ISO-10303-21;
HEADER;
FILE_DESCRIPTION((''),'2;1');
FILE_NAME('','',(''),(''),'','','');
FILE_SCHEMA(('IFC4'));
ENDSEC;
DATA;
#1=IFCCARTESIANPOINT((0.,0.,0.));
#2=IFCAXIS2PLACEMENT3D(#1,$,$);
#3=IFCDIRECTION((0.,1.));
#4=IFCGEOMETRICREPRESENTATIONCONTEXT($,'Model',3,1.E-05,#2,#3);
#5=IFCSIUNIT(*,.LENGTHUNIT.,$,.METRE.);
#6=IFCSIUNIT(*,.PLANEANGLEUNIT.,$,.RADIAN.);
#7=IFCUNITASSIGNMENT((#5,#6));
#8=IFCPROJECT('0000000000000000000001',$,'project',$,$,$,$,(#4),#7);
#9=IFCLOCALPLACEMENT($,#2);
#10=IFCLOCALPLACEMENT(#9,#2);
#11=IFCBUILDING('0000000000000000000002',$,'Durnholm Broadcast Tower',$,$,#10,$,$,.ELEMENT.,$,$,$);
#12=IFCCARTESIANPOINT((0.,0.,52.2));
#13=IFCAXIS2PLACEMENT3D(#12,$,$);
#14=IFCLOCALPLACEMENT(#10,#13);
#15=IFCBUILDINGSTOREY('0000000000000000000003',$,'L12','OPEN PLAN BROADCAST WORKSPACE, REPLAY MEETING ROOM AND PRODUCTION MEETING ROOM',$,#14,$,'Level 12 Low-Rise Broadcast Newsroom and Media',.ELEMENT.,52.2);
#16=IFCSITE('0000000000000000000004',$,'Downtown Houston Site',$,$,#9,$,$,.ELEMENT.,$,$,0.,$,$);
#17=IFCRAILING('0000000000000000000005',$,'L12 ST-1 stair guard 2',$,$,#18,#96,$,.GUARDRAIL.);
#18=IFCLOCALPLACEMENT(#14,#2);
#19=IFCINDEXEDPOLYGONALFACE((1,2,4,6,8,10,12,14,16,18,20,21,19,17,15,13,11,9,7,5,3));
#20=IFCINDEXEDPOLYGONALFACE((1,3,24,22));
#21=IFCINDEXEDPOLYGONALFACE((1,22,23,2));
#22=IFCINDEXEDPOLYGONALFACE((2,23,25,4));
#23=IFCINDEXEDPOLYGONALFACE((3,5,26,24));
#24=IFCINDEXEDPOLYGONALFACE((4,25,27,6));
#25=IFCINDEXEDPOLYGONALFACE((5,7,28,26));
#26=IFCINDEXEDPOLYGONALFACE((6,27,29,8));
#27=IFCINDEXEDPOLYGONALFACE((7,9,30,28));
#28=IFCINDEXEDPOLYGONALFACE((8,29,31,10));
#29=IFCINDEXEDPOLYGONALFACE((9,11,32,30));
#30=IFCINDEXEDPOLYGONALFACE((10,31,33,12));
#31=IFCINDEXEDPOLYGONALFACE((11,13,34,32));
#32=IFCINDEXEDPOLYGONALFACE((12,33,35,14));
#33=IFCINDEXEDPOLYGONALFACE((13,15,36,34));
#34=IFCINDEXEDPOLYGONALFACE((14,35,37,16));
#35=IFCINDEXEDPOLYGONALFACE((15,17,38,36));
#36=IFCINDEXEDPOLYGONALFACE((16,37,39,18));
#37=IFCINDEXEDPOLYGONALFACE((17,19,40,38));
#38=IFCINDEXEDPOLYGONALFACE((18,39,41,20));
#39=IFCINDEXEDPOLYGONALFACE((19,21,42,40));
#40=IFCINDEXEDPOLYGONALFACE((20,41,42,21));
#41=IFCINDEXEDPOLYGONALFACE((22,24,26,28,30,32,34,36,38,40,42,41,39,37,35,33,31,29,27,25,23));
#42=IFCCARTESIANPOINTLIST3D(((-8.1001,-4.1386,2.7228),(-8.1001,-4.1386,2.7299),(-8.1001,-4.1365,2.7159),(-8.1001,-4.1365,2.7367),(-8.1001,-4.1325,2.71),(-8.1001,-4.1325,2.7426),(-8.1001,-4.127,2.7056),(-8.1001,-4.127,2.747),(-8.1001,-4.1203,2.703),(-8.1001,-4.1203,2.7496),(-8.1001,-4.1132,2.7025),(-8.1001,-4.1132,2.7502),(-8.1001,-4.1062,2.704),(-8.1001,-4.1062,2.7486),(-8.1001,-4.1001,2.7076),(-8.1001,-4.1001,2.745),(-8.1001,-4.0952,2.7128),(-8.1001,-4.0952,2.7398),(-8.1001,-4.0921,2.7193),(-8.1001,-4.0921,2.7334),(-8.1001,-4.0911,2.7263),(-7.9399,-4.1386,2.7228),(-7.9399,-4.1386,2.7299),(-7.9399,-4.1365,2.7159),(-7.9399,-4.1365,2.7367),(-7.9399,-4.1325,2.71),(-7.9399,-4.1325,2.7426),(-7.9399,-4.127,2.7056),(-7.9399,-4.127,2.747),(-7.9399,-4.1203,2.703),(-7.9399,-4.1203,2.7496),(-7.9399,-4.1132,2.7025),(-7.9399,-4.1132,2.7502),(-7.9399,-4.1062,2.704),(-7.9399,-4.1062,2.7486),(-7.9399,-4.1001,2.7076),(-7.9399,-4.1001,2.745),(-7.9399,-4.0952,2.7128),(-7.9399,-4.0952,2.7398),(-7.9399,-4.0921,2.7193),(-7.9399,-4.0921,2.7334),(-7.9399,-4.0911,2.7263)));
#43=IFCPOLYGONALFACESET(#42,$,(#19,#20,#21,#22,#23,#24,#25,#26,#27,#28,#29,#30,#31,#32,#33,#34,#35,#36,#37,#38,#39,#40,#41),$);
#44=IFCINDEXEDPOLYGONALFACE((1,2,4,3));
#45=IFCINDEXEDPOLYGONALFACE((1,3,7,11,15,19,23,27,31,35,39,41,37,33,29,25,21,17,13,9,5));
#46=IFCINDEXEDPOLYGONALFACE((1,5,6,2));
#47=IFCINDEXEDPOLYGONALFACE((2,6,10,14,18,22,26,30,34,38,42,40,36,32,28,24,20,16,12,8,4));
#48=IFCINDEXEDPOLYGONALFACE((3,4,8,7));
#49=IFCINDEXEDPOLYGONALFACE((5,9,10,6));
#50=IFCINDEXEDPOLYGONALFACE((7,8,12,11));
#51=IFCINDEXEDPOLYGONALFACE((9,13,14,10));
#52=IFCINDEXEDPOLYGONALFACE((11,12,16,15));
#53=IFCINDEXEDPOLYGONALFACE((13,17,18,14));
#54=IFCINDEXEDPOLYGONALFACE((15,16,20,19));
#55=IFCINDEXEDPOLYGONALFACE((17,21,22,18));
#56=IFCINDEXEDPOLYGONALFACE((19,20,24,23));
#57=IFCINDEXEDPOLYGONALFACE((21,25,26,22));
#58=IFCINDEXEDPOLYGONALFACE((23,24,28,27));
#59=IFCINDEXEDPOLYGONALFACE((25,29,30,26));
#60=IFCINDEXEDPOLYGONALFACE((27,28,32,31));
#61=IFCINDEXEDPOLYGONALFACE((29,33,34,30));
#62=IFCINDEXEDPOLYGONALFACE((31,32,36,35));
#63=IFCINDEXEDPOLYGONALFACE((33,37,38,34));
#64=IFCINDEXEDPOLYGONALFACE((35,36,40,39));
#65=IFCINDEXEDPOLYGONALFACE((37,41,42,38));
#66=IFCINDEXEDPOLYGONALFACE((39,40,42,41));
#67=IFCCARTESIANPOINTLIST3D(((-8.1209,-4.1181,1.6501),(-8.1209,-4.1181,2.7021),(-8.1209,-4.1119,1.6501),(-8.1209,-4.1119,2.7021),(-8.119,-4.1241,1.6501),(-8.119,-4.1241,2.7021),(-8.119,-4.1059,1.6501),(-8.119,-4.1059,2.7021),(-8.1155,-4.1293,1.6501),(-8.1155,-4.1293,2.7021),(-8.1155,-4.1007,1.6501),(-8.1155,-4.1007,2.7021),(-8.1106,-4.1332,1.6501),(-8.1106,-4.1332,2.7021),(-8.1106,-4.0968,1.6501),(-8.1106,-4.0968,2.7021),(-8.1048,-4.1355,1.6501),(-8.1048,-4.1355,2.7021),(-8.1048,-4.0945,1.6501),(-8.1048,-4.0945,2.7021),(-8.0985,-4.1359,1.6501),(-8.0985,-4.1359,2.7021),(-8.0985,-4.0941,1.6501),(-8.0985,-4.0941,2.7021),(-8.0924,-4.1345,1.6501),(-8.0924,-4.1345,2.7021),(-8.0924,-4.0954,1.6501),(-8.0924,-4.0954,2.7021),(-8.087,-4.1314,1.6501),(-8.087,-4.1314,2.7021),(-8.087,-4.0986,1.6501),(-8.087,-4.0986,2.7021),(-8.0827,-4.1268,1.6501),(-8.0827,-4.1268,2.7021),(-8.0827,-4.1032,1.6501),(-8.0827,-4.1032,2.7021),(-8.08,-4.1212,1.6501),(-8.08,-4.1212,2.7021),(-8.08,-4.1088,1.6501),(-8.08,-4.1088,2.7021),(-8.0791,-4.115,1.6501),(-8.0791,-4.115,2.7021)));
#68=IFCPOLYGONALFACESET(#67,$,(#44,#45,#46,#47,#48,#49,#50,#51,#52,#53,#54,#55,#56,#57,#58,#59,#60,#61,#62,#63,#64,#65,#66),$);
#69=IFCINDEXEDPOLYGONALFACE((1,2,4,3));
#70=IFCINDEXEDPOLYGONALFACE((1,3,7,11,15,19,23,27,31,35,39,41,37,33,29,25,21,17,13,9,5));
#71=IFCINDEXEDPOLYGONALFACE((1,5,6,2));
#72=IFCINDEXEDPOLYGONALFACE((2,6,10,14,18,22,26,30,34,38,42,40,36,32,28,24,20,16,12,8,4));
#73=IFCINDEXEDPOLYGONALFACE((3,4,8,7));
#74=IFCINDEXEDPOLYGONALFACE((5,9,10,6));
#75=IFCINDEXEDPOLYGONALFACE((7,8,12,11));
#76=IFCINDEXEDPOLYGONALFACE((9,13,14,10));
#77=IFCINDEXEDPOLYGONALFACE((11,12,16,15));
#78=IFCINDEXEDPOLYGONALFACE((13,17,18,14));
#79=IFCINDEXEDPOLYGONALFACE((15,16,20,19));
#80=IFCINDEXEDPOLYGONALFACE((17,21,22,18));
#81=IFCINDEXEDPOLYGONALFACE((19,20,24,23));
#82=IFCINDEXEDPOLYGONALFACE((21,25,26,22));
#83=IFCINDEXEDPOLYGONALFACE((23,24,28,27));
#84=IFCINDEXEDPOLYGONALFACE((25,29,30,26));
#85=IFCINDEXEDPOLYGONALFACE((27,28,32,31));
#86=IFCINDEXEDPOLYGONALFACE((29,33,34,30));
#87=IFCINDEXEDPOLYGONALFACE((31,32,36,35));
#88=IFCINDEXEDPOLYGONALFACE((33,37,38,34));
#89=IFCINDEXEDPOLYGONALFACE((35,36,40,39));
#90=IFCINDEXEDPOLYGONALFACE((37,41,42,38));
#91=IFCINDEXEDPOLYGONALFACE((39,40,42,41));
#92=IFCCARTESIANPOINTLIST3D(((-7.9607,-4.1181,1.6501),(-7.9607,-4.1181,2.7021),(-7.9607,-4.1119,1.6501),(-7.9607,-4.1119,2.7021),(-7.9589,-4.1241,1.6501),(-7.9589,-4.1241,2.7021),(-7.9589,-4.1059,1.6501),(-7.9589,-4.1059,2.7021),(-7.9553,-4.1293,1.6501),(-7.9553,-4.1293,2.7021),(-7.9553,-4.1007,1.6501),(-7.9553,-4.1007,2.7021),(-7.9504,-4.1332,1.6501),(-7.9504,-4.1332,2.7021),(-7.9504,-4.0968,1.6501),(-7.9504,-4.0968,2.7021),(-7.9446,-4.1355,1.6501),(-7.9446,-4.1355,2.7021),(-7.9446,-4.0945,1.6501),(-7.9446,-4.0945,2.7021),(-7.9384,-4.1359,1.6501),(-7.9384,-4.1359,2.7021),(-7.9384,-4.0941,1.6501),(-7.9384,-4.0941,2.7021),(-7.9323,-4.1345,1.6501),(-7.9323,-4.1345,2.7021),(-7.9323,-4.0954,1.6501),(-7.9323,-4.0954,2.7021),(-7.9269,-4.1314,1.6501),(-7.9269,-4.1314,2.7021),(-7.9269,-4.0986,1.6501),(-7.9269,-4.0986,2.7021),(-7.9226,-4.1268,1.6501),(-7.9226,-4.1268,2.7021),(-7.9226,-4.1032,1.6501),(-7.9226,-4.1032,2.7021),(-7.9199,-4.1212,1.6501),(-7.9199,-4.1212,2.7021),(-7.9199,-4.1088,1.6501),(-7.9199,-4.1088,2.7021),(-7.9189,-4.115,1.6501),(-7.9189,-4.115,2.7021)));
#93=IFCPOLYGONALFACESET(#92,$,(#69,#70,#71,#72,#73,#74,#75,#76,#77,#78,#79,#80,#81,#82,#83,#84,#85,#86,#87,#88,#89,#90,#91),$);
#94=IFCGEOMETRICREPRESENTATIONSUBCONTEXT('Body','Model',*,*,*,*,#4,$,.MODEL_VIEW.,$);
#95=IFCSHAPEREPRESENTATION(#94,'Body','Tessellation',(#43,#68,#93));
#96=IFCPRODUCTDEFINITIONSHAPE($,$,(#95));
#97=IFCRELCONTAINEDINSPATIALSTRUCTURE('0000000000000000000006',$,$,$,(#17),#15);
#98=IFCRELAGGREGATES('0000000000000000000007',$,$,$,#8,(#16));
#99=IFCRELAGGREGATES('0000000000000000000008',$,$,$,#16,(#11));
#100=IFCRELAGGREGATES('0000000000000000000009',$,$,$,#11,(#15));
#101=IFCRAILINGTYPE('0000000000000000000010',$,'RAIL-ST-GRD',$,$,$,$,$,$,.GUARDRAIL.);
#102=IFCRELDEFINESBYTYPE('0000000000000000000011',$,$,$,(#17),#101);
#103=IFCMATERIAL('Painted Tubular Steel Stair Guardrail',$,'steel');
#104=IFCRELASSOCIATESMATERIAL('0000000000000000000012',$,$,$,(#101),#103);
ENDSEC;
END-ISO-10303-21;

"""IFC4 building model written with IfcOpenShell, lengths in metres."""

from ifc_helpers import new_model, si_unit, direction, frame, origin, origin_2d, place, context, subcontext, project, spatial, circle, extrude, material, type_object, element, save


model = new_model("IFC4")

# Units and contexts
model_context = context("Model", 3, precision=1e-05, world=origin(), true_north=direction((0.0, 1.0)))
body_context = subcontext(model_context, "Body", "Model", "MODEL_VIEW")
ifc_project = project(units=[si_unit("LENGTHUNIT", "METRE"), si_unit("PLANEANGLEUNIT", "RADIAN")], contexts=[model_context])

# Site, building, storey
site_placement = place(None, origin())
site = spatial("IfcSite", under=ifc_project, at=site_placement, Name="Downtown Houston Site", CompositionType="ELEMENT", RefElevation=0.0)
building_placement = place(site_placement, origin())
building = spatial("IfcBuilding", under=site, at=building_placement, Name="Durnholm Broadcast Tower", CompositionType="ELEMENT")
storey_placement = place(building_placement, frame((0.0, 0.0, 52.2)))
storey = spatial("IfcBuildingStorey", under=building, at=storey_placement, Name="L12", Description="OPEN PLAN BROADCAST WORKSPACE, REPLAY MEETING ROOM AND PRODUCTION MEETING ROOM", LongName="Level 12 Low-Rise Broadcast Newsroom and Media", CompositionType="ELEMENT", Elevation=52.2)

# Railing
ifc_material_1 = material(Name="Painted Tubular Steel Stair Guardrail", Category="steel")
railing_type_1 = type_object("IfcRailingType", Name="RAIL-ST-GRD", PredefinedType="GUARDRAIL", material=ifc_material_1)
railing_1_placement = place(storey_placement, frame((-8.1001, -4.115, 1.6501)))
element("IfcRailing", 1, at=railing_1_placement, inside=storey, type_object=railing_type_1, Name="L12 ST-1 stair guard 2", PredefinedType="GUARDRAIL", context=body_context, shape_type="SweptSolid", body=[
    extrude(circle(Radius=0.0239, at=origin_2d()), frame((0.0, 0.0, 1.0762), z_axis=(1.0, 0.0, 0.0), x_axis=(0.0, 1.0, 0.0)), (0.0, 0.0, 1.0), 0.1602),
    extrude(circle(Radius=0.021, at=origin_2d()), origin(), (0.0, 0.0, 1.0), 1.052),
    extrude(circle(Radius=0.021, at=origin_2d()), frame((0.1602, 0.0, 0.0)), (0.0, 0.0, 1.0), 1.052),
])

save(model, "model.ifc")
